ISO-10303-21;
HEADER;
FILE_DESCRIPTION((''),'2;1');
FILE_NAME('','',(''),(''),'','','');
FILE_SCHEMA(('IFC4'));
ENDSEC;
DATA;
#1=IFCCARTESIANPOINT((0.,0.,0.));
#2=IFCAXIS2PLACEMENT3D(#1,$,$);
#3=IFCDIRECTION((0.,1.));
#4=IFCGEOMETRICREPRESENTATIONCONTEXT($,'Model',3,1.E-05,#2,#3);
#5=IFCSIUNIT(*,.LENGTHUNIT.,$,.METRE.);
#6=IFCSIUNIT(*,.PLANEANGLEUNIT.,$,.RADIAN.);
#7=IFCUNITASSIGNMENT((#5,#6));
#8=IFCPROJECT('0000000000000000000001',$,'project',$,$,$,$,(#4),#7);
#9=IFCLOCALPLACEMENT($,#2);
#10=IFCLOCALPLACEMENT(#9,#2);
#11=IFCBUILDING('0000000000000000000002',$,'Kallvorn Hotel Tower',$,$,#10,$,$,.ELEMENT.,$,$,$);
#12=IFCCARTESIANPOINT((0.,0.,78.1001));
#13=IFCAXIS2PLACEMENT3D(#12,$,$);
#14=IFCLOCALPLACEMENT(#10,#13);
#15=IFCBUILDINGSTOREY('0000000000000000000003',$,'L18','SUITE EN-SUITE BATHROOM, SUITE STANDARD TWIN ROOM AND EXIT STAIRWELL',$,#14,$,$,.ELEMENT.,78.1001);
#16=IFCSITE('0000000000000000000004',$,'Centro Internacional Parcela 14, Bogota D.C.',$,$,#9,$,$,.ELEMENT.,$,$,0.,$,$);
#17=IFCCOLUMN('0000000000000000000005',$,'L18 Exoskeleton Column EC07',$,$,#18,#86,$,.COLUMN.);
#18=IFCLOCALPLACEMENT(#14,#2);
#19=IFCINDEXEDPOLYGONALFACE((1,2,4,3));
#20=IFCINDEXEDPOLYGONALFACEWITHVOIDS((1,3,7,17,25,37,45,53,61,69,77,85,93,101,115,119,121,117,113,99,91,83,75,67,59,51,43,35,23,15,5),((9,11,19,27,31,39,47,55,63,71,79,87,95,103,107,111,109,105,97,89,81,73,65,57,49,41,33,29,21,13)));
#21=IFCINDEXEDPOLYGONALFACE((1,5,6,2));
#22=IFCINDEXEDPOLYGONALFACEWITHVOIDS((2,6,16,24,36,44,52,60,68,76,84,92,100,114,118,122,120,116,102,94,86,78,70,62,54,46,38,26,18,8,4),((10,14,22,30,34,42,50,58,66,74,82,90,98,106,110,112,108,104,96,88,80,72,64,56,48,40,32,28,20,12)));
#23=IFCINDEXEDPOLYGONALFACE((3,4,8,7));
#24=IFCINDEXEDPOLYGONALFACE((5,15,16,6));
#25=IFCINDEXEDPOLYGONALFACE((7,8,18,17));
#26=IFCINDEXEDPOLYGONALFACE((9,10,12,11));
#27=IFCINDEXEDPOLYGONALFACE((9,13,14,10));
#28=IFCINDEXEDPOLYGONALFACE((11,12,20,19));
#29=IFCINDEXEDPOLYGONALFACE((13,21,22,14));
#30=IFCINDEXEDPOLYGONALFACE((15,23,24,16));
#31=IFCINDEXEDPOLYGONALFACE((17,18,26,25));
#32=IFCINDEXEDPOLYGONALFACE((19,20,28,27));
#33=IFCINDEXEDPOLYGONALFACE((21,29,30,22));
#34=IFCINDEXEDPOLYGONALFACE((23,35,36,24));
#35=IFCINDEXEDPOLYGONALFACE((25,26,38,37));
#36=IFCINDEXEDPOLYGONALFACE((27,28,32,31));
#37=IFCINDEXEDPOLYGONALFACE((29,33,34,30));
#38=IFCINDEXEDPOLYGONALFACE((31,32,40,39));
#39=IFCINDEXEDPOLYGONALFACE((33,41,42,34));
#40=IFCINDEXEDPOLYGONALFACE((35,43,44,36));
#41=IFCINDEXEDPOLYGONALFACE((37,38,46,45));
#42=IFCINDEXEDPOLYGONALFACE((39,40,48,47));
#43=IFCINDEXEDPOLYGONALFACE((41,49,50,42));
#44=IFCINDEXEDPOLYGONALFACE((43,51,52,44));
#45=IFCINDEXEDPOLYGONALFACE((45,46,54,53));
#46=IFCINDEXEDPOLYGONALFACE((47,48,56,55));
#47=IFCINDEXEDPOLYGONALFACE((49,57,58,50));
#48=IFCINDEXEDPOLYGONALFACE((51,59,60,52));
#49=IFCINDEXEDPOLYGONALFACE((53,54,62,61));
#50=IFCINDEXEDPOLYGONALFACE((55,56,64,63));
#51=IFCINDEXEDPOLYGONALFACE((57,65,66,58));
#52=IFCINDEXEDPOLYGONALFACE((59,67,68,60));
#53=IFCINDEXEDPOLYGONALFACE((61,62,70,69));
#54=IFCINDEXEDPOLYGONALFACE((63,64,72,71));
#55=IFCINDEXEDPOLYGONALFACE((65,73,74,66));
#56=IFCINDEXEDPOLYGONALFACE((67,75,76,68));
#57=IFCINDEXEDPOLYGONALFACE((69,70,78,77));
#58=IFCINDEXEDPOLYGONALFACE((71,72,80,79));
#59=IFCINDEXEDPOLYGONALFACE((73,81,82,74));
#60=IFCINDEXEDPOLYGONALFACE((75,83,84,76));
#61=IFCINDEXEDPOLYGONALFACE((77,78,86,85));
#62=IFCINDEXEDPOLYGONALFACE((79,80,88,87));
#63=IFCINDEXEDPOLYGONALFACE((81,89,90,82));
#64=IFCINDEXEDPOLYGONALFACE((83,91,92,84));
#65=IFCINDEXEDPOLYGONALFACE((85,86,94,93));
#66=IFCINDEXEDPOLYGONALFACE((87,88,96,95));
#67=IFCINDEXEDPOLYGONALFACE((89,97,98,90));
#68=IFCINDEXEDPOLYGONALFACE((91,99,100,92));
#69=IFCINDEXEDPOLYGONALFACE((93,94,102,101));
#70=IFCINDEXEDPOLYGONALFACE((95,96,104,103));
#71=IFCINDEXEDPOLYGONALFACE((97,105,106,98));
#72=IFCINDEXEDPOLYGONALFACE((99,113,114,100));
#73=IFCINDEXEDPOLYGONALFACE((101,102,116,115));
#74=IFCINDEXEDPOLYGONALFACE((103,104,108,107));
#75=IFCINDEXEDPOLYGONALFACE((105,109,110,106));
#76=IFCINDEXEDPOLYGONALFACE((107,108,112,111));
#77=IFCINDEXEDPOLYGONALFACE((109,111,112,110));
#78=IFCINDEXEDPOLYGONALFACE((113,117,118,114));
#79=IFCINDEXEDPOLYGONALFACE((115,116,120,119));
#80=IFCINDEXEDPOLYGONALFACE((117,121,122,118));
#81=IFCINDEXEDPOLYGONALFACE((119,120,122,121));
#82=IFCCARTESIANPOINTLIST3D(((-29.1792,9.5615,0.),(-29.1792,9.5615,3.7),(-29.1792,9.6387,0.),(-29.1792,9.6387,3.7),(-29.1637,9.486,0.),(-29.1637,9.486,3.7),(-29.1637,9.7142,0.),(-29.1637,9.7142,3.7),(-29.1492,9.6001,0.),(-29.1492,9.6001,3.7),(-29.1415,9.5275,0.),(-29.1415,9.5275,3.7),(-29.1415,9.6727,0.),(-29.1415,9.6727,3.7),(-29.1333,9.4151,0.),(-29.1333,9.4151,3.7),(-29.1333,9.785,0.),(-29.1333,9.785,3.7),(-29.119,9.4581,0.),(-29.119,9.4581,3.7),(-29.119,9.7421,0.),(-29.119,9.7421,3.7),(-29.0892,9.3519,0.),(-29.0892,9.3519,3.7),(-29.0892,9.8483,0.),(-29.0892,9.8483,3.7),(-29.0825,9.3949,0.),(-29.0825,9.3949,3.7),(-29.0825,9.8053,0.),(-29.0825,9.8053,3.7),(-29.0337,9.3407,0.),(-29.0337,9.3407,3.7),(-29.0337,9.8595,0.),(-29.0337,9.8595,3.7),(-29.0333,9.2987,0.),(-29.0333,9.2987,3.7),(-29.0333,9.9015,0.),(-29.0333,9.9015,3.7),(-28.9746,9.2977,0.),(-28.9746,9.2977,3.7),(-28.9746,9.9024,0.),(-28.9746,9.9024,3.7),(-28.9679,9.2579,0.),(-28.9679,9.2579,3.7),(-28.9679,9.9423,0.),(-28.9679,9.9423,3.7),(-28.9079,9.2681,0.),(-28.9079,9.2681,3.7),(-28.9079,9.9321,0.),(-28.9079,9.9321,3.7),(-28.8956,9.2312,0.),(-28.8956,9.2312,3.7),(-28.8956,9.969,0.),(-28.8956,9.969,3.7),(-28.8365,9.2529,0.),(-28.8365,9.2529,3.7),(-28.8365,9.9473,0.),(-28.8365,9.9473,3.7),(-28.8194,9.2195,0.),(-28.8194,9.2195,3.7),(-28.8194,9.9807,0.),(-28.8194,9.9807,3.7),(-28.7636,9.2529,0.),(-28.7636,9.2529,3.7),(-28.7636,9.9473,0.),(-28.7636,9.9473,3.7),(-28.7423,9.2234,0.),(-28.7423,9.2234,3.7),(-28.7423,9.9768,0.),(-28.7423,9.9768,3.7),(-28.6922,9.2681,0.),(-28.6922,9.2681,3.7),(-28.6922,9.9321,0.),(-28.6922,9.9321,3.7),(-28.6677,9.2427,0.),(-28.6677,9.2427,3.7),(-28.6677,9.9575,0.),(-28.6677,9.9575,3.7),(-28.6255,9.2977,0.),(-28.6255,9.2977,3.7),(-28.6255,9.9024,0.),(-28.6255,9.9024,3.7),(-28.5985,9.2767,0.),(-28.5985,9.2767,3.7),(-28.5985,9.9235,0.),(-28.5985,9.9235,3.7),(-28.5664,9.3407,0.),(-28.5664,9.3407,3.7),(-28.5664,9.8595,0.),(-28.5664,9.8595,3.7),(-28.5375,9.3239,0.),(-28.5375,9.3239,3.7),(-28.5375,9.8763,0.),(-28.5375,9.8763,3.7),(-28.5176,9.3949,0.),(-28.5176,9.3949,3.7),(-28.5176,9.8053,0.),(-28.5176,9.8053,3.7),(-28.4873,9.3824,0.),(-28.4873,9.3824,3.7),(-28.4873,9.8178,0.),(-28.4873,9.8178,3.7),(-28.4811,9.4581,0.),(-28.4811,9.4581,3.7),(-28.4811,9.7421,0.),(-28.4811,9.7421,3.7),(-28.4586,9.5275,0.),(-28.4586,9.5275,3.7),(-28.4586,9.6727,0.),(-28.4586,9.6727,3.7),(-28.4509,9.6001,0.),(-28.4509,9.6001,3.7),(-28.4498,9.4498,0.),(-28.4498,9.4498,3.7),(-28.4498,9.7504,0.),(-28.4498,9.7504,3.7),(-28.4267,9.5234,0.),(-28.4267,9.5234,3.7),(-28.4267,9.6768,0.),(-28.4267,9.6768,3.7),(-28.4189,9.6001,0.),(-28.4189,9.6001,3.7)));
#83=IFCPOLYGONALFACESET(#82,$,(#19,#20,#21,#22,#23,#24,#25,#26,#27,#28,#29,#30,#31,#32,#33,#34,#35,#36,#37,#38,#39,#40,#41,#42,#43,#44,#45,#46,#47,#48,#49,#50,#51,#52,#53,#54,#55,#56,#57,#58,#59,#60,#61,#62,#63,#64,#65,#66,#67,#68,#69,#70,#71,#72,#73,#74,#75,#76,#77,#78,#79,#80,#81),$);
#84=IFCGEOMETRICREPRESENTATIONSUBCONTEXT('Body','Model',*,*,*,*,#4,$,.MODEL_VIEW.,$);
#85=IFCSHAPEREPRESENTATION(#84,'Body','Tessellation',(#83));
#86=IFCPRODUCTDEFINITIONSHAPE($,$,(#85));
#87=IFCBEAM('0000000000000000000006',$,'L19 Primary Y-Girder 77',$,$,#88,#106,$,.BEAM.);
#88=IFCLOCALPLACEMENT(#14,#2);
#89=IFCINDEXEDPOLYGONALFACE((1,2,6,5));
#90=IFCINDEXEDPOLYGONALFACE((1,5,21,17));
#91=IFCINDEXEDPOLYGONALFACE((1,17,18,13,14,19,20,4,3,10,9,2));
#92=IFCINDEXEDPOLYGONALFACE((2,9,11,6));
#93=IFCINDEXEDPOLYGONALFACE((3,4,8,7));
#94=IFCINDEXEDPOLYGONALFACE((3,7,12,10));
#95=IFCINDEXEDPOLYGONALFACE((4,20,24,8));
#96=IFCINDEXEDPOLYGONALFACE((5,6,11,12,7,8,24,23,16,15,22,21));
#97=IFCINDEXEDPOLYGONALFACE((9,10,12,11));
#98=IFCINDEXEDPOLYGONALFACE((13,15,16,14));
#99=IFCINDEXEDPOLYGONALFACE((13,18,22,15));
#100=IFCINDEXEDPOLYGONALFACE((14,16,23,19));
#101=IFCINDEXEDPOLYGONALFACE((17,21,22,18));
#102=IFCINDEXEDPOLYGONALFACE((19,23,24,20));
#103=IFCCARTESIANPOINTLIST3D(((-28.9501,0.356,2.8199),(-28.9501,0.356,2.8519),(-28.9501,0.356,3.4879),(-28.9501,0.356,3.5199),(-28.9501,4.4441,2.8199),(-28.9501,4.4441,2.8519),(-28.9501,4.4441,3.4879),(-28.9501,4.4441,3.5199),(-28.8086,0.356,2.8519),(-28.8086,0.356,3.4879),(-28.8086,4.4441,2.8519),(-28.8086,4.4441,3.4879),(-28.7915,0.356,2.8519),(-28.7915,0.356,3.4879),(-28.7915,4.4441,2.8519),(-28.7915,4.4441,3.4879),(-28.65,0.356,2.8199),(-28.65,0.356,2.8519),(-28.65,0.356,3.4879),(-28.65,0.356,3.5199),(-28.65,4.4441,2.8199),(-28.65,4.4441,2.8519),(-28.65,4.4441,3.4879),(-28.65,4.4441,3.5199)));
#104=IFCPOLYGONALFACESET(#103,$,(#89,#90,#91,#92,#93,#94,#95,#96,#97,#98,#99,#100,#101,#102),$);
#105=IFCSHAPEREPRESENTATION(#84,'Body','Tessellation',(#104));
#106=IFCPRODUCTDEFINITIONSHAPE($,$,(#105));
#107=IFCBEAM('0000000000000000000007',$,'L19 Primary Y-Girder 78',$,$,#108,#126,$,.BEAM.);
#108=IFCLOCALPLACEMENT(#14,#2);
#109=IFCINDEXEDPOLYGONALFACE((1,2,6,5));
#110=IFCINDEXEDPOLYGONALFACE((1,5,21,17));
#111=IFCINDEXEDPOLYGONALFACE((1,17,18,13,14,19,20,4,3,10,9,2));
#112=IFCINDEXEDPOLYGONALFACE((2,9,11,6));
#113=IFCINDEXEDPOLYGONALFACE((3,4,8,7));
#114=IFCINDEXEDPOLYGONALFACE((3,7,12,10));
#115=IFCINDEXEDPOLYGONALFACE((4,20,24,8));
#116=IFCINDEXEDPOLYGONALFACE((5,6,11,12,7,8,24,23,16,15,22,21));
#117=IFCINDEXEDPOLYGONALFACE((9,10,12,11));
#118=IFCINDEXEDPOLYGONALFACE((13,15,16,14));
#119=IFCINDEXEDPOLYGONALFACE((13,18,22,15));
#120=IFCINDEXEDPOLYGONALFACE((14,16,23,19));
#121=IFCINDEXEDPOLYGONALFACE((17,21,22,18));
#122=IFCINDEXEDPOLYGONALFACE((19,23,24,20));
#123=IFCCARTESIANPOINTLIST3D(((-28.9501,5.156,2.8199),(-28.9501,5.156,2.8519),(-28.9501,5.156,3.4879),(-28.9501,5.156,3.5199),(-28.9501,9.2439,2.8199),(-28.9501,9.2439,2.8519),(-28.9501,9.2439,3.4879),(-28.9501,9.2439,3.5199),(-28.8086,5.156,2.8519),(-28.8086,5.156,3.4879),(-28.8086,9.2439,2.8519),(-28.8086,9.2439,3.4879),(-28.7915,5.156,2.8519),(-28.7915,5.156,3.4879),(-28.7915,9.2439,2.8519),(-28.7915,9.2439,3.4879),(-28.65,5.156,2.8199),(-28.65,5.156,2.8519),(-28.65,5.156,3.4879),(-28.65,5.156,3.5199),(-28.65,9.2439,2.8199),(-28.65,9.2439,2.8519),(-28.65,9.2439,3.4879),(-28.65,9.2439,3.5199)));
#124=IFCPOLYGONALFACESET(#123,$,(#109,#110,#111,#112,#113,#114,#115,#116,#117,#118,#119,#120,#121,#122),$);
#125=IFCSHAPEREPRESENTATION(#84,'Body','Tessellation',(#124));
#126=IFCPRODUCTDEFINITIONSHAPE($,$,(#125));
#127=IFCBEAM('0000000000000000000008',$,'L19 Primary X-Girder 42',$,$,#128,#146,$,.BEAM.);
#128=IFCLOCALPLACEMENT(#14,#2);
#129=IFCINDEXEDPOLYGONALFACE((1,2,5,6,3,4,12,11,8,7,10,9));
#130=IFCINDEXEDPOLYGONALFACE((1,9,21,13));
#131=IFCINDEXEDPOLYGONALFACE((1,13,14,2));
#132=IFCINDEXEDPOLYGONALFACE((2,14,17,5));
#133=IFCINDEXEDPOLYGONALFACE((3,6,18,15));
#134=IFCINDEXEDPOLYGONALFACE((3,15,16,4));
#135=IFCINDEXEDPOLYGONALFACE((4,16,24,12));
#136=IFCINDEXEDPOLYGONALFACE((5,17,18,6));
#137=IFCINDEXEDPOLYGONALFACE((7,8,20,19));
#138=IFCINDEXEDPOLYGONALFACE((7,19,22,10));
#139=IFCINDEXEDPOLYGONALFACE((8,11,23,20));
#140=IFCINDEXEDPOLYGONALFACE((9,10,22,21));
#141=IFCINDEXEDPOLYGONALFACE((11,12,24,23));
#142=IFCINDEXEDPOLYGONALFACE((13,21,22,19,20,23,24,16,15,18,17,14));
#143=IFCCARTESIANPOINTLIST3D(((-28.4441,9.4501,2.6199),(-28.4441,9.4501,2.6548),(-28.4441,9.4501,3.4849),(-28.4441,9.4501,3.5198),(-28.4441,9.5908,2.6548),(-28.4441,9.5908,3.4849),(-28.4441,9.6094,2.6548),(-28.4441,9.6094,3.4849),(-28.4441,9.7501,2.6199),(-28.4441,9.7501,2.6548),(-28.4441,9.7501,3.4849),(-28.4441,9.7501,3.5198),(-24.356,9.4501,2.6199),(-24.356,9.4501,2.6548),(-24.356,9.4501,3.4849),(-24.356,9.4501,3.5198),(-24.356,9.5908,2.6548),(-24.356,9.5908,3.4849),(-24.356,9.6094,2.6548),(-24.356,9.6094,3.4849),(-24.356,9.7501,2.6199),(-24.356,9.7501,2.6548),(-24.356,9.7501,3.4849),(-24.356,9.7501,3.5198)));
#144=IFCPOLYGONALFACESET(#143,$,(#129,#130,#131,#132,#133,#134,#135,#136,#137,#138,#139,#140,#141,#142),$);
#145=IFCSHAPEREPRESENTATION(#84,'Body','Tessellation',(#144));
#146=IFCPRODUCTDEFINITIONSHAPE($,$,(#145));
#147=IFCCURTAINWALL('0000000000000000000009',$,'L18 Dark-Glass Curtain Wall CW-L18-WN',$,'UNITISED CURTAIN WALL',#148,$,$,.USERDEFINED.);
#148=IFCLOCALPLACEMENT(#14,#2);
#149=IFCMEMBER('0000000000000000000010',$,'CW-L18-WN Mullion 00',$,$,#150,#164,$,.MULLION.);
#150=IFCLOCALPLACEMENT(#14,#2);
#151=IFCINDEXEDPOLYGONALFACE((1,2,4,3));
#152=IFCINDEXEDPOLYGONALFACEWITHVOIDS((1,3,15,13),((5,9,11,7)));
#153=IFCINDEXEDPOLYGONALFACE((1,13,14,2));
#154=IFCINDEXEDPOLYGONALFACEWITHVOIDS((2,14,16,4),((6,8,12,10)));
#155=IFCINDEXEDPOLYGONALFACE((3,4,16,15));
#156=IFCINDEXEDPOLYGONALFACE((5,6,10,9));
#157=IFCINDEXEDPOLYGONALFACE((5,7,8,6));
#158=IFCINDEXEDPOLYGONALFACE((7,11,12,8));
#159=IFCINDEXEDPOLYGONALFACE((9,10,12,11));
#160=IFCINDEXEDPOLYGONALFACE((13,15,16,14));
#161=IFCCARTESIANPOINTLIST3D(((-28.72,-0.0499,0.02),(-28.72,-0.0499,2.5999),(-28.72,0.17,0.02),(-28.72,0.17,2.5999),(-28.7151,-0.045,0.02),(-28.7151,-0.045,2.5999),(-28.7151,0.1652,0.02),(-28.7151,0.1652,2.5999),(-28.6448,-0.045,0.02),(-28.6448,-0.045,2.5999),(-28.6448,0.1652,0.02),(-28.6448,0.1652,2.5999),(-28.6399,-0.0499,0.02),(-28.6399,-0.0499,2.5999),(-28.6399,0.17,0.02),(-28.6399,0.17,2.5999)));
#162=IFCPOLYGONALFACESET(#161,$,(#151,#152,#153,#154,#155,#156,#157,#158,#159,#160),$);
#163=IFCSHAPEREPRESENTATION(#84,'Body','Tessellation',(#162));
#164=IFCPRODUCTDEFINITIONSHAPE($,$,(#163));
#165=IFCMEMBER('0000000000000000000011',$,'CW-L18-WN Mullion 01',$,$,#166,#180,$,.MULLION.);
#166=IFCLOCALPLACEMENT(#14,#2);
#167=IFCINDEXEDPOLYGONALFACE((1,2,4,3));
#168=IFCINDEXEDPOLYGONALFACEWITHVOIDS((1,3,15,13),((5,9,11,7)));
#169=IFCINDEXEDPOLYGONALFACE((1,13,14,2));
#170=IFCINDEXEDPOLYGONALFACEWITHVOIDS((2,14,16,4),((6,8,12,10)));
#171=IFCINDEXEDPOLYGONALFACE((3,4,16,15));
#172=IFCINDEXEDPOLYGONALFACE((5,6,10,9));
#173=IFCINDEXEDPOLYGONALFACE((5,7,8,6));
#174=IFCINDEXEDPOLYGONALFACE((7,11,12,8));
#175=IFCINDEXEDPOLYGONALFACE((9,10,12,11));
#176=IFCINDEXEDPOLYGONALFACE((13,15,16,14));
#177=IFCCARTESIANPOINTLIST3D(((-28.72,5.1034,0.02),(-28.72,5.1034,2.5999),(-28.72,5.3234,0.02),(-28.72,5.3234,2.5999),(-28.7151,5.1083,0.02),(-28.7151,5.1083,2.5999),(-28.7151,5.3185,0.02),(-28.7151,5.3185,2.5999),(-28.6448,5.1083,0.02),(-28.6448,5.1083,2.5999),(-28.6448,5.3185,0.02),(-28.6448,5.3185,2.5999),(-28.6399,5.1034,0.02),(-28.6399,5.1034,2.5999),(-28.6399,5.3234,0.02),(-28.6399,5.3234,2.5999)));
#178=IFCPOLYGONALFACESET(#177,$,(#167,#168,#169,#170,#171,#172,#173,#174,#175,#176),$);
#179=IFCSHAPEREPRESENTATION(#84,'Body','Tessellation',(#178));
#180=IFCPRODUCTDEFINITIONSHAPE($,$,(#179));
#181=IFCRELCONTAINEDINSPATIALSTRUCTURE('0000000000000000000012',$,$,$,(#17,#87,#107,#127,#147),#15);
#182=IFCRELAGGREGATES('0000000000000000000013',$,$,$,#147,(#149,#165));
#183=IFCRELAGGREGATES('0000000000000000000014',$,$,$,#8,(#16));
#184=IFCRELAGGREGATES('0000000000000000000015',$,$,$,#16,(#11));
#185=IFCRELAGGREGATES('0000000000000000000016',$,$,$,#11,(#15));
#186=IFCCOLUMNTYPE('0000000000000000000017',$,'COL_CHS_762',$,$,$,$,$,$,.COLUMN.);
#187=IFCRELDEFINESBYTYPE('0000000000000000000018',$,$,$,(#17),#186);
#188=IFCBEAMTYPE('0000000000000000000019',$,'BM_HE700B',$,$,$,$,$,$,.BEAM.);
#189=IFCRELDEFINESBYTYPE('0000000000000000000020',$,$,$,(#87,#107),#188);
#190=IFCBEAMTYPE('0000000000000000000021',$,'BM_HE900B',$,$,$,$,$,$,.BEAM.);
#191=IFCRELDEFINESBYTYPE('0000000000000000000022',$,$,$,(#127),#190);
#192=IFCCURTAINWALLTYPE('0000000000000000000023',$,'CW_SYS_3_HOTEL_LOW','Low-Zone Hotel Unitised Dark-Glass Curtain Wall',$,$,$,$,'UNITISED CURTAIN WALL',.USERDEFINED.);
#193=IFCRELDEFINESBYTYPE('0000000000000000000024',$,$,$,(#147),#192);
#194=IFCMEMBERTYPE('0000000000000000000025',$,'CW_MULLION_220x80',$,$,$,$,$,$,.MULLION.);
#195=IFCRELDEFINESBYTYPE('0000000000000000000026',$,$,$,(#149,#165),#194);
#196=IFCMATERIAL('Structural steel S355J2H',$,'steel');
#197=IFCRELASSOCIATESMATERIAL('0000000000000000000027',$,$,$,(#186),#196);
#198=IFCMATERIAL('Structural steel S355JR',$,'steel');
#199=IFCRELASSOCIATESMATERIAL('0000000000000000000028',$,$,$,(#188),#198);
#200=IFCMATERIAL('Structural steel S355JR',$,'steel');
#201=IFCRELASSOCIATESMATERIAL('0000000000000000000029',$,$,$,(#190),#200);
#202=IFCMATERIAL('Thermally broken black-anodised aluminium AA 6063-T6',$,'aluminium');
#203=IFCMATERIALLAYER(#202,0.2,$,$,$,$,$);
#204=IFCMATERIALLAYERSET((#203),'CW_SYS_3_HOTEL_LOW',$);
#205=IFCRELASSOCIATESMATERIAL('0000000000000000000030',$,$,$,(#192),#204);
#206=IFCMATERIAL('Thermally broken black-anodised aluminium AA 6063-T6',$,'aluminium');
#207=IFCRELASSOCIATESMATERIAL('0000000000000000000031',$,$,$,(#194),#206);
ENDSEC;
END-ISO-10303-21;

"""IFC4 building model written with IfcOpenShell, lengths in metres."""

from ifc_helpers import new_model, si_unit, direction, frame, origin, origin_2d, place, context, subcontext, project, spatial, hollow_rectangle, hollow_circle, i_section, extrude, material, layer, layer_set, material_profile, profile_set, type_object, element, aggregate, save


model = new_model("IFC4")

# Units and contexts
model_context = context("Model", 3, precision=1e-05, world=origin(), true_north=direction((0.0, 1.0)))
body_context = subcontext(model_context, "Body", "Model", "MODEL_VIEW")
ifc_project = project(units=[si_unit("LENGTHUNIT", "METRE"), si_unit("PLANEANGLEUNIT", "RADIAN")], contexts=[model_context])

# Site, building, storey
site_placement = place(None, origin())
site = spatial("IfcSite", under=ifc_project, at=site_placement, Name="Centro Internacional Parcela 14, Bogota D.C.", CompositionType="ELEMENT", RefElevation=0.0)
building_placement = place(site_placement, origin())
building = spatial("IfcBuilding", under=site, at=building_placement, Name="Kallvorn Hotel Tower", CompositionType="ELEMENT")
storey_placement = place(building_placement, frame((0.0, 0.0, 78.1001)))
storey = spatial("IfcBuildingStorey", under=building, at=storey_placement, Name="L18", Description="SUITE EN-SUITE BATHROOM, SUITE STANDARD TWIN ROOM AND EXIT STAIRWELL", CompositionType="ELEMENT", Elevation=78.1001)

# Column
ifc_material_1 = material(Name="Structural steel S355J2H", Category="steel")
ifc_material_profile_1 = material_profile(ifc_material_1, hollow_circle(Radius=0.3811, WallThickness=0.032, at=origin_2d()), Name="CHS 762x32")
ifc_profile_set_1 = profile_set([ifc_material_profile_1], Name="Structural steel S355J2H")
column_type = type_object("IfcColumnType", Name="COL_CHS_762", PredefinedType="COLUMN", material=ifc_profile_set_1)
for number, where, z_axis, x_axis, name in (
    (1, (-28.8, 9.6001, 0.0), (0.0, 0.0, 1.0), (1.0, 0.0, 0.0), "L18 Exoskeleton Column EC07"),
):
    element("IfcColumn", number, at=place(storey_placement, frame(where, z_axis=z_axis, x_axis=x_axis)), inside=storey, type_object=column_type, Name=name, PredefinedType="COLUMN", context=body_context, shape_type="SweptSolid", body=[
        extrude(hollow_circle(Radius=0.3811, WallThickness=0.032, at=origin_2d()), origin(), (0.0, 0.0, 1.0), 3.7),
    ])

# Beams
ifc_material_2 = material(Name="Structural steel S355JR", Category="steel")
ifc_material_profile_2 = material_profile(ifc_material_2, i_section(OverallWidth=0.3, OverallDepth=0.7, WebThickness=0.0171, FlangeThickness=0.032, at=origin_2d()), Name="HE 700 B")
ifc_profile_set_2 = profile_set([ifc_material_profile_2], Name="Structural steel S355JR")
beam_type_1 = type_object("IfcBeamType", Name="BM_HE700B", PredefinedType="BEAM", material=ifc_profile_set_2)
beam_1_placement = place(storey_placement, frame((-28.8, 0.356, 3.1699), z_axis=(0.0, 1.0, 0.0), x_axis=(-1.0, 0.0, 0.0)))
element("IfcBeam", 2, at=beam_1_placement, inside=storey, type_object=beam_type_1, Name="L19 Primary Y-Girder 77", PredefinedType="BEAM", context=body_context, shape_type="SweptSolid", body=[
    extrude(i_section(OverallWidth=0.3, OverallDepth=0.7, WebThickness=0.0171, FlangeThickness=0.032, at=origin_2d()), origin(), (0.0, 0.0, 1.0), 4.0881),
])
beam_2_placement = place(storey_placement, frame((-28.8, 5.156, 3.1699), z_axis=(0.0, 1.0, 0.0), x_axis=(-1.0, 0.0, 0.0)))
element("IfcBeam", 3, at=beam_2_placement, inside=storey, type_object=beam_type_1, Name="L19 Primary Y-Girder 78", PredefinedType="BEAM", context=body_context, shape_type="SweptSolid", body=[
    extrude(i_section(OverallWidth=0.3, OverallDepth=0.7, WebThickness=0.0171, FlangeThickness=0.032, at=origin_2d()), origin(), (0.0, 0.0, 1.0), 4.0879),
])
ifc_material_3 = material(Name="Structural steel S355JR", Category="steel")
ifc_material_profile_3 = material_profile(ifc_material_3, i_section(OverallWidth=0.3, OverallDepth=0.8999, WebThickness=0.0186, FlangeThickness=0.0349, at=origin_2d()), Name="HE 900 B")
ifc_profile_set_3 = profile_set([ifc_material_profile_3], Name="Structural steel S355JR")
beam_type_2 = type_object("IfcBeamType", Name="BM_HE900B", PredefinedType="BEAM", material=ifc_profile_set_3)
beam_3_placement = place(storey_placement, frame((-28.4441, 9.6001, 3.0698), z_axis=(1.0, 0.0, 0.0), x_axis=(0.0, 1.0, 0.0)))
element("IfcBeam", 4, at=beam_3_placement, inside=storey, type_object=beam_type_2, Name="L19 Primary X-Girder 42", PredefinedType="BEAM", context=body_context, shape_type="SweptSolid", body=[
    extrude(i_section(OverallWidth=0.3, OverallDepth=0.8999, WebThickness=0.0186, FlangeThickness=0.0349, at=origin_2d()), origin(), (0.0, 0.0, 1.0), 4.0881),
])

# Curtain wall, members
ifc_material_4 = material(Name="Thermally broken black-anodised aluminium AA 6063-T6", Category="aluminium")
ifc_layer_1 = layer(ifc_material_4, 0.2)
ifc_layer_set_1 = layer_set([ifc_layer_1], Name="CW_SYS_3_HOTEL_LOW")
curtain_wall_type = type_object("IfcCurtainWallType", Name="CW_SYS_3_HOTEL_LOW", Description="Low-Zone Hotel Unitised Dark-Glass Curtain Wall", ElementType="UNITISED CURTAIN WALL", PredefinedType="USERDEFINED", material=ifc_layer_set_1)
curtain_wall_placement = place(storey_placement, origin())
curtain_wall = element("IfcCurtainWall", 5, at=curtain_wall_placement, inside=storey, type_object=curtain_wall_type, Name="L18 Dark-Glass Curtain Wall CW-L18-WN", ObjectType="UNITISED CURTAIN WALL", PredefinedType="USERDEFINED")
ifc_material_5 = material(Name="Thermally broken black-anodised aluminium AA 6063-T6", Category="aluminium")
ifc_material_profile_4 = material_profile(ifc_material_5, hollow_rectangle(XDim=0.0801, YDim=0.22, WallThickness=0.0049, at=origin_2d()), Name="MUL 220x80")
ifc_profile_set_4 = profile_set([ifc_material_profile_4], Name="Thermally broken black-anodised aluminium AA 6063-T6")
member_type_1 = type_object("IfcMemberType", Name="CW_MULLION_220x80", PredefinedType="MULLION", material=ifc_profile_set_4)
member_1_placement = place(storey_placement, frame((-28.6799, 0.0601, 0.02), z_axis=(0.0, 0.0, 1.0), x_axis=(1.0, 0.0, 0.0)))
member_1 = element("IfcMember", 6, at=member_1_placement, type_object=member_type_1, Name="CW-L18-WN Mullion 00", PredefinedType="MULLION", context=body_context, shape_type="SweptSolid", body=[
    extrude(hollow_rectangle(XDim=0.0801, YDim=0.22, WallThickness=0.0049, at=origin_2d()), origin(), (0.0, 0.0, 1.0), 2.5798),
])
member_2_placement = place(storey_placement, frame((-28.6799, 5.2134, 0.02), z_axis=(0.0, 0.0, 1.0), x_axis=(1.0, 0.0, 0.0)))
member_2 = element("IfcMember", 7, at=member_2_placement, type_object=member_type_1, Name="CW-L18-WN Mullion 01", PredefinedType="MULLION", context=body_context, shape_type="SweptSolid", body=[
    extrude(hollow_rectangle(XDim=0.0801, YDim=0.22, WallThickness=0.0049, at=origin_2d()), origin(), (0.0, 0.0, 1.0), 2.5798),
])
aggregate(curtain_wall, [member_1, member_2])

save(model, "model.ifc")
